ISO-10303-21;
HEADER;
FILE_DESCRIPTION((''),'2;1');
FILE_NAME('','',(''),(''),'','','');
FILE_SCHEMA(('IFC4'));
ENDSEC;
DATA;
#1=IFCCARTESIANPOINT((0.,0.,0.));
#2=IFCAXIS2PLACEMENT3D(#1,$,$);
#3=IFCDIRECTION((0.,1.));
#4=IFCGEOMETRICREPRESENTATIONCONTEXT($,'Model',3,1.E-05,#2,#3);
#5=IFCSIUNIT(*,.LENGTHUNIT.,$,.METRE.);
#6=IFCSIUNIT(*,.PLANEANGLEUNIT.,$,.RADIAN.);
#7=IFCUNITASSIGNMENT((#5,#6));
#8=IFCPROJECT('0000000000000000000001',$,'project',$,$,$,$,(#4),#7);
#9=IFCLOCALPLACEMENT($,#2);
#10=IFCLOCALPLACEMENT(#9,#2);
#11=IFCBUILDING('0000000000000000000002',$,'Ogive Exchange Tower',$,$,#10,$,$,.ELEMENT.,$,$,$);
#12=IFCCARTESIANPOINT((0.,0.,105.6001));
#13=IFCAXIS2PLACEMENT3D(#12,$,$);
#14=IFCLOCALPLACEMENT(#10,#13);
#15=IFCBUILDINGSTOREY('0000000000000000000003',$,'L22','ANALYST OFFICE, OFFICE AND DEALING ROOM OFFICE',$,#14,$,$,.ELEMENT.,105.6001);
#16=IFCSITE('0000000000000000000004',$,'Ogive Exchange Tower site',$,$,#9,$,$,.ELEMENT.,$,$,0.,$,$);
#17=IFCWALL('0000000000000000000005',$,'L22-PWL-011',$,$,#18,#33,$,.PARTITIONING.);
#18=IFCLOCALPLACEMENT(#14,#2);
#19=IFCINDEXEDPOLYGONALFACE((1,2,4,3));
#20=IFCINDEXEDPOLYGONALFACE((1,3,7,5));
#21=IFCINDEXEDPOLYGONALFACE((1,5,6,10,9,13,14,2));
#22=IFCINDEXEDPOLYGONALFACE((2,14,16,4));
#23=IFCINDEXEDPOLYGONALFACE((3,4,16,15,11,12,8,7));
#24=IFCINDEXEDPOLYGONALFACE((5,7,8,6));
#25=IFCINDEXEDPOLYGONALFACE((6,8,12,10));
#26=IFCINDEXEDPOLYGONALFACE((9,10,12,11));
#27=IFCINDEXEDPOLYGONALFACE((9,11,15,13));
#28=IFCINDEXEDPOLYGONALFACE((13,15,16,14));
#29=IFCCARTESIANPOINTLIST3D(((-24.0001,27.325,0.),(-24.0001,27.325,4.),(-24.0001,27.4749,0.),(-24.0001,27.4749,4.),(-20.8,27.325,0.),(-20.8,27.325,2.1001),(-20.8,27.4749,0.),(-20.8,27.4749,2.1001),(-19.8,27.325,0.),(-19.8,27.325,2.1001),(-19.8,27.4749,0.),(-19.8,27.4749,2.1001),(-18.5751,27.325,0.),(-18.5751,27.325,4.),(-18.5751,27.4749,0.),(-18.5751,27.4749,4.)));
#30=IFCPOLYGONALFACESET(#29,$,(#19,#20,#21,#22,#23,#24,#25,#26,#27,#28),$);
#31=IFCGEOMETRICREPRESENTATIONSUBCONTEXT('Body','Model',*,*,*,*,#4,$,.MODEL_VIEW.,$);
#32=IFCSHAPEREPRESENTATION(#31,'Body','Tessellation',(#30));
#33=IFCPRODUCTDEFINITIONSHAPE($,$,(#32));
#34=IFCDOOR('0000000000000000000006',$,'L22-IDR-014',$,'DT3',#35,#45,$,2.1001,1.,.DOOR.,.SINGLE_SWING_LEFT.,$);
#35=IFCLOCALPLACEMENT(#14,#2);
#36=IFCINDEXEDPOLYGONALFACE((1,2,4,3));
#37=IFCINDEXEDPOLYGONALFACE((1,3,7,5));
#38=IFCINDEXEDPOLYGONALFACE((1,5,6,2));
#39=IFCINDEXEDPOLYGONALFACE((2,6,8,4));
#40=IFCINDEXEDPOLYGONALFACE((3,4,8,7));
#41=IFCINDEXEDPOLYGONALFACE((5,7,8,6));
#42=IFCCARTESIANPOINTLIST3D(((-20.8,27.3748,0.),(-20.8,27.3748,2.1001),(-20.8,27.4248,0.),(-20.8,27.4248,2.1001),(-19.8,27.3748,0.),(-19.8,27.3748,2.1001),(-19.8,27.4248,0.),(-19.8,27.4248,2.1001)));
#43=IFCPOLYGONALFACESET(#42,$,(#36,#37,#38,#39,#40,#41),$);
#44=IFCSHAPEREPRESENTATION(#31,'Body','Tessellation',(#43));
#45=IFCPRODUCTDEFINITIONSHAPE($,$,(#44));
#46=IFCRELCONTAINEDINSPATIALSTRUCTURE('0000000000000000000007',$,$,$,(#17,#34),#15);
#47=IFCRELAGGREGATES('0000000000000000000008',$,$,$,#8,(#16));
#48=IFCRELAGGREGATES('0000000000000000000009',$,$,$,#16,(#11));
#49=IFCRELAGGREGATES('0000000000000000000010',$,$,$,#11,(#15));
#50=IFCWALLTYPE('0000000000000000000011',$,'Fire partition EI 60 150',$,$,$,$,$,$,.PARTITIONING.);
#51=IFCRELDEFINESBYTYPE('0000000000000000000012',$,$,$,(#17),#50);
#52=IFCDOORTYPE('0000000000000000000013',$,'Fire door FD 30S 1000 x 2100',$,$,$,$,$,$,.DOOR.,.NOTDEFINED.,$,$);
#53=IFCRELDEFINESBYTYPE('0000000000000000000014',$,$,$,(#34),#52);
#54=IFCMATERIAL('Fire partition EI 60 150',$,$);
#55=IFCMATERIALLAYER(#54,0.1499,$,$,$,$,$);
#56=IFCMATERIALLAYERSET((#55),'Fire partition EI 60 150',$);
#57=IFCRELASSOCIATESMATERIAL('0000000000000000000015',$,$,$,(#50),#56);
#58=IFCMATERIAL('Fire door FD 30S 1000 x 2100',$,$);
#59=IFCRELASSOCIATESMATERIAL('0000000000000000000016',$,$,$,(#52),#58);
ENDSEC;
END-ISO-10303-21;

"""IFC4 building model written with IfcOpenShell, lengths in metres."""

from ifc_helpers import new_model, si_unit, direction, frame, frame_2d, origin, place, context, subcontext, project, spatial, rectangle, extrude, material, layer, layer_set, type_object, element, fill, save


model = new_model("IFC4")

# Units and contexts
model_context = context("Model", 3, precision=1e-05, world=origin(), true_north=direction((0.0, 1.0)))
body_context = subcontext(model_context, "Body", "Model", "MODEL_VIEW")
ifc_project = project(units=[si_unit("LENGTHUNIT", "METRE"), si_unit("PLANEANGLEUNIT", "RADIAN")], contexts=[model_context])

# Site, building, storey
site_placement = place(None, origin())
site = spatial("IfcSite", under=ifc_project, at=site_placement, Name="Ogive Exchange Tower site", CompositionType="ELEMENT", RefElevation=0.0)
building_placement = place(site_placement, origin())
building = spatial("IfcBuilding", under=site, at=building_placement, Name="Ogive Exchange Tower", CompositionType="ELEMENT")
storey_placement = place(building_placement, frame((0.0, 0.0, 105.6001)))
storey = spatial("IfcBuildingStorey", under=building, at=storey_placement, Name="L22", Description="ANALYST OFFICE, OFFICE AND DEALING ROOM OFFICE", CompositionType="ELEMENT", Elevation=105.6001)

# Shared definitions
ifc_material_1 = material(Name="Fire partition EI 60 150")
ifc_layer_1 = layer(ifc_material_1, 0.1499)
ifc_layer_set_1 = layer_set([ifc_layer_1], Name="Fire partition EI 60 150")
wall_type_1 = type_object("IfcWallType", Name="Fire partition EI 60 150", PredefinedType="PARTITIONING", material=ifc_layer_set_1)

# Wall, opening, door
wall_1_placement = place(storey_placement, frame((-24.0, 27.3999, 0.0), z_axis=(0.0, 0.0, 1.0), x_axis=(1.0, 0.0, 0.0)))
wall_1 = element("IfcWall", 1, at=wall_1_placement, inside=storey, type_object=wall_type_1, Name="L22-PWL-011", PredefinedType="PARTITIONING", context=body_context, shape_type="SweptSolid", body=[
    extrude(rectangle(XDim=5.425, YDim=0.1499, at=frame_2d((2.7124, 0.0))), origin(), (0.0, 0.0, 1.0), 4.0),
])
opening_1_placement = place(wall_1_placement, frame((3.2, 0.0, 0.0)))
opening_1 = element("IfcOpeningElement", 2, at=opening_1_placement, cuts=wall_1, PredefinedType="OPENING", context=body_context, shape_type="SweptSolid", body=[
    extrude(rectangle(XDim=1.0, YDim=2.1001, at=frame_2d((0.5, 1.05))), frame((0.0, 0.085, 0.0), z_axis=(0.0, -1.0, 0.0), x_axis=(1.0, 0.0, 0.0)), (0.0, 0.0, 1.0), 0.1699),
])
ifc_material_2 = material(Name="Fire door FD 30S 1000 x 2100")
door_type_1 = type_object("IfcDoorType", Name="Fire door FD 30S 1000 x 2100", OperationType="NOTDEFINED", PredefinedType="DOOR", material=ifc_material_2)
door_1_placement = place(opening_1_placement, origin())
door_1 = element("IfcDoor", 3, at=door_1_placement, inside=storey, type_object=door_type_1, Name="L22-IDR-014", ObjectType="DT3", OperationType="SINGLE_SWING_LEFT", OverallHeight=2.1001, OverallWidth=1.0, PredefinedType="DOOR", context=body_context, shape_type="SweptSolid", body=[
    extrude(rectangle(XDim=1.0, YDim=2.1001, at=frame_2d((0.5, 1.05))), frame((0.0, 0.0249, 0.0), z_axis=(0.0, -1.0, 0.0), x_axis=(1.0, 0.0, 0.0)), (0.0, 0.0, 1.0), 0.05),
])
fill(opening_1, door_1)

save(model, "model.ifc")
